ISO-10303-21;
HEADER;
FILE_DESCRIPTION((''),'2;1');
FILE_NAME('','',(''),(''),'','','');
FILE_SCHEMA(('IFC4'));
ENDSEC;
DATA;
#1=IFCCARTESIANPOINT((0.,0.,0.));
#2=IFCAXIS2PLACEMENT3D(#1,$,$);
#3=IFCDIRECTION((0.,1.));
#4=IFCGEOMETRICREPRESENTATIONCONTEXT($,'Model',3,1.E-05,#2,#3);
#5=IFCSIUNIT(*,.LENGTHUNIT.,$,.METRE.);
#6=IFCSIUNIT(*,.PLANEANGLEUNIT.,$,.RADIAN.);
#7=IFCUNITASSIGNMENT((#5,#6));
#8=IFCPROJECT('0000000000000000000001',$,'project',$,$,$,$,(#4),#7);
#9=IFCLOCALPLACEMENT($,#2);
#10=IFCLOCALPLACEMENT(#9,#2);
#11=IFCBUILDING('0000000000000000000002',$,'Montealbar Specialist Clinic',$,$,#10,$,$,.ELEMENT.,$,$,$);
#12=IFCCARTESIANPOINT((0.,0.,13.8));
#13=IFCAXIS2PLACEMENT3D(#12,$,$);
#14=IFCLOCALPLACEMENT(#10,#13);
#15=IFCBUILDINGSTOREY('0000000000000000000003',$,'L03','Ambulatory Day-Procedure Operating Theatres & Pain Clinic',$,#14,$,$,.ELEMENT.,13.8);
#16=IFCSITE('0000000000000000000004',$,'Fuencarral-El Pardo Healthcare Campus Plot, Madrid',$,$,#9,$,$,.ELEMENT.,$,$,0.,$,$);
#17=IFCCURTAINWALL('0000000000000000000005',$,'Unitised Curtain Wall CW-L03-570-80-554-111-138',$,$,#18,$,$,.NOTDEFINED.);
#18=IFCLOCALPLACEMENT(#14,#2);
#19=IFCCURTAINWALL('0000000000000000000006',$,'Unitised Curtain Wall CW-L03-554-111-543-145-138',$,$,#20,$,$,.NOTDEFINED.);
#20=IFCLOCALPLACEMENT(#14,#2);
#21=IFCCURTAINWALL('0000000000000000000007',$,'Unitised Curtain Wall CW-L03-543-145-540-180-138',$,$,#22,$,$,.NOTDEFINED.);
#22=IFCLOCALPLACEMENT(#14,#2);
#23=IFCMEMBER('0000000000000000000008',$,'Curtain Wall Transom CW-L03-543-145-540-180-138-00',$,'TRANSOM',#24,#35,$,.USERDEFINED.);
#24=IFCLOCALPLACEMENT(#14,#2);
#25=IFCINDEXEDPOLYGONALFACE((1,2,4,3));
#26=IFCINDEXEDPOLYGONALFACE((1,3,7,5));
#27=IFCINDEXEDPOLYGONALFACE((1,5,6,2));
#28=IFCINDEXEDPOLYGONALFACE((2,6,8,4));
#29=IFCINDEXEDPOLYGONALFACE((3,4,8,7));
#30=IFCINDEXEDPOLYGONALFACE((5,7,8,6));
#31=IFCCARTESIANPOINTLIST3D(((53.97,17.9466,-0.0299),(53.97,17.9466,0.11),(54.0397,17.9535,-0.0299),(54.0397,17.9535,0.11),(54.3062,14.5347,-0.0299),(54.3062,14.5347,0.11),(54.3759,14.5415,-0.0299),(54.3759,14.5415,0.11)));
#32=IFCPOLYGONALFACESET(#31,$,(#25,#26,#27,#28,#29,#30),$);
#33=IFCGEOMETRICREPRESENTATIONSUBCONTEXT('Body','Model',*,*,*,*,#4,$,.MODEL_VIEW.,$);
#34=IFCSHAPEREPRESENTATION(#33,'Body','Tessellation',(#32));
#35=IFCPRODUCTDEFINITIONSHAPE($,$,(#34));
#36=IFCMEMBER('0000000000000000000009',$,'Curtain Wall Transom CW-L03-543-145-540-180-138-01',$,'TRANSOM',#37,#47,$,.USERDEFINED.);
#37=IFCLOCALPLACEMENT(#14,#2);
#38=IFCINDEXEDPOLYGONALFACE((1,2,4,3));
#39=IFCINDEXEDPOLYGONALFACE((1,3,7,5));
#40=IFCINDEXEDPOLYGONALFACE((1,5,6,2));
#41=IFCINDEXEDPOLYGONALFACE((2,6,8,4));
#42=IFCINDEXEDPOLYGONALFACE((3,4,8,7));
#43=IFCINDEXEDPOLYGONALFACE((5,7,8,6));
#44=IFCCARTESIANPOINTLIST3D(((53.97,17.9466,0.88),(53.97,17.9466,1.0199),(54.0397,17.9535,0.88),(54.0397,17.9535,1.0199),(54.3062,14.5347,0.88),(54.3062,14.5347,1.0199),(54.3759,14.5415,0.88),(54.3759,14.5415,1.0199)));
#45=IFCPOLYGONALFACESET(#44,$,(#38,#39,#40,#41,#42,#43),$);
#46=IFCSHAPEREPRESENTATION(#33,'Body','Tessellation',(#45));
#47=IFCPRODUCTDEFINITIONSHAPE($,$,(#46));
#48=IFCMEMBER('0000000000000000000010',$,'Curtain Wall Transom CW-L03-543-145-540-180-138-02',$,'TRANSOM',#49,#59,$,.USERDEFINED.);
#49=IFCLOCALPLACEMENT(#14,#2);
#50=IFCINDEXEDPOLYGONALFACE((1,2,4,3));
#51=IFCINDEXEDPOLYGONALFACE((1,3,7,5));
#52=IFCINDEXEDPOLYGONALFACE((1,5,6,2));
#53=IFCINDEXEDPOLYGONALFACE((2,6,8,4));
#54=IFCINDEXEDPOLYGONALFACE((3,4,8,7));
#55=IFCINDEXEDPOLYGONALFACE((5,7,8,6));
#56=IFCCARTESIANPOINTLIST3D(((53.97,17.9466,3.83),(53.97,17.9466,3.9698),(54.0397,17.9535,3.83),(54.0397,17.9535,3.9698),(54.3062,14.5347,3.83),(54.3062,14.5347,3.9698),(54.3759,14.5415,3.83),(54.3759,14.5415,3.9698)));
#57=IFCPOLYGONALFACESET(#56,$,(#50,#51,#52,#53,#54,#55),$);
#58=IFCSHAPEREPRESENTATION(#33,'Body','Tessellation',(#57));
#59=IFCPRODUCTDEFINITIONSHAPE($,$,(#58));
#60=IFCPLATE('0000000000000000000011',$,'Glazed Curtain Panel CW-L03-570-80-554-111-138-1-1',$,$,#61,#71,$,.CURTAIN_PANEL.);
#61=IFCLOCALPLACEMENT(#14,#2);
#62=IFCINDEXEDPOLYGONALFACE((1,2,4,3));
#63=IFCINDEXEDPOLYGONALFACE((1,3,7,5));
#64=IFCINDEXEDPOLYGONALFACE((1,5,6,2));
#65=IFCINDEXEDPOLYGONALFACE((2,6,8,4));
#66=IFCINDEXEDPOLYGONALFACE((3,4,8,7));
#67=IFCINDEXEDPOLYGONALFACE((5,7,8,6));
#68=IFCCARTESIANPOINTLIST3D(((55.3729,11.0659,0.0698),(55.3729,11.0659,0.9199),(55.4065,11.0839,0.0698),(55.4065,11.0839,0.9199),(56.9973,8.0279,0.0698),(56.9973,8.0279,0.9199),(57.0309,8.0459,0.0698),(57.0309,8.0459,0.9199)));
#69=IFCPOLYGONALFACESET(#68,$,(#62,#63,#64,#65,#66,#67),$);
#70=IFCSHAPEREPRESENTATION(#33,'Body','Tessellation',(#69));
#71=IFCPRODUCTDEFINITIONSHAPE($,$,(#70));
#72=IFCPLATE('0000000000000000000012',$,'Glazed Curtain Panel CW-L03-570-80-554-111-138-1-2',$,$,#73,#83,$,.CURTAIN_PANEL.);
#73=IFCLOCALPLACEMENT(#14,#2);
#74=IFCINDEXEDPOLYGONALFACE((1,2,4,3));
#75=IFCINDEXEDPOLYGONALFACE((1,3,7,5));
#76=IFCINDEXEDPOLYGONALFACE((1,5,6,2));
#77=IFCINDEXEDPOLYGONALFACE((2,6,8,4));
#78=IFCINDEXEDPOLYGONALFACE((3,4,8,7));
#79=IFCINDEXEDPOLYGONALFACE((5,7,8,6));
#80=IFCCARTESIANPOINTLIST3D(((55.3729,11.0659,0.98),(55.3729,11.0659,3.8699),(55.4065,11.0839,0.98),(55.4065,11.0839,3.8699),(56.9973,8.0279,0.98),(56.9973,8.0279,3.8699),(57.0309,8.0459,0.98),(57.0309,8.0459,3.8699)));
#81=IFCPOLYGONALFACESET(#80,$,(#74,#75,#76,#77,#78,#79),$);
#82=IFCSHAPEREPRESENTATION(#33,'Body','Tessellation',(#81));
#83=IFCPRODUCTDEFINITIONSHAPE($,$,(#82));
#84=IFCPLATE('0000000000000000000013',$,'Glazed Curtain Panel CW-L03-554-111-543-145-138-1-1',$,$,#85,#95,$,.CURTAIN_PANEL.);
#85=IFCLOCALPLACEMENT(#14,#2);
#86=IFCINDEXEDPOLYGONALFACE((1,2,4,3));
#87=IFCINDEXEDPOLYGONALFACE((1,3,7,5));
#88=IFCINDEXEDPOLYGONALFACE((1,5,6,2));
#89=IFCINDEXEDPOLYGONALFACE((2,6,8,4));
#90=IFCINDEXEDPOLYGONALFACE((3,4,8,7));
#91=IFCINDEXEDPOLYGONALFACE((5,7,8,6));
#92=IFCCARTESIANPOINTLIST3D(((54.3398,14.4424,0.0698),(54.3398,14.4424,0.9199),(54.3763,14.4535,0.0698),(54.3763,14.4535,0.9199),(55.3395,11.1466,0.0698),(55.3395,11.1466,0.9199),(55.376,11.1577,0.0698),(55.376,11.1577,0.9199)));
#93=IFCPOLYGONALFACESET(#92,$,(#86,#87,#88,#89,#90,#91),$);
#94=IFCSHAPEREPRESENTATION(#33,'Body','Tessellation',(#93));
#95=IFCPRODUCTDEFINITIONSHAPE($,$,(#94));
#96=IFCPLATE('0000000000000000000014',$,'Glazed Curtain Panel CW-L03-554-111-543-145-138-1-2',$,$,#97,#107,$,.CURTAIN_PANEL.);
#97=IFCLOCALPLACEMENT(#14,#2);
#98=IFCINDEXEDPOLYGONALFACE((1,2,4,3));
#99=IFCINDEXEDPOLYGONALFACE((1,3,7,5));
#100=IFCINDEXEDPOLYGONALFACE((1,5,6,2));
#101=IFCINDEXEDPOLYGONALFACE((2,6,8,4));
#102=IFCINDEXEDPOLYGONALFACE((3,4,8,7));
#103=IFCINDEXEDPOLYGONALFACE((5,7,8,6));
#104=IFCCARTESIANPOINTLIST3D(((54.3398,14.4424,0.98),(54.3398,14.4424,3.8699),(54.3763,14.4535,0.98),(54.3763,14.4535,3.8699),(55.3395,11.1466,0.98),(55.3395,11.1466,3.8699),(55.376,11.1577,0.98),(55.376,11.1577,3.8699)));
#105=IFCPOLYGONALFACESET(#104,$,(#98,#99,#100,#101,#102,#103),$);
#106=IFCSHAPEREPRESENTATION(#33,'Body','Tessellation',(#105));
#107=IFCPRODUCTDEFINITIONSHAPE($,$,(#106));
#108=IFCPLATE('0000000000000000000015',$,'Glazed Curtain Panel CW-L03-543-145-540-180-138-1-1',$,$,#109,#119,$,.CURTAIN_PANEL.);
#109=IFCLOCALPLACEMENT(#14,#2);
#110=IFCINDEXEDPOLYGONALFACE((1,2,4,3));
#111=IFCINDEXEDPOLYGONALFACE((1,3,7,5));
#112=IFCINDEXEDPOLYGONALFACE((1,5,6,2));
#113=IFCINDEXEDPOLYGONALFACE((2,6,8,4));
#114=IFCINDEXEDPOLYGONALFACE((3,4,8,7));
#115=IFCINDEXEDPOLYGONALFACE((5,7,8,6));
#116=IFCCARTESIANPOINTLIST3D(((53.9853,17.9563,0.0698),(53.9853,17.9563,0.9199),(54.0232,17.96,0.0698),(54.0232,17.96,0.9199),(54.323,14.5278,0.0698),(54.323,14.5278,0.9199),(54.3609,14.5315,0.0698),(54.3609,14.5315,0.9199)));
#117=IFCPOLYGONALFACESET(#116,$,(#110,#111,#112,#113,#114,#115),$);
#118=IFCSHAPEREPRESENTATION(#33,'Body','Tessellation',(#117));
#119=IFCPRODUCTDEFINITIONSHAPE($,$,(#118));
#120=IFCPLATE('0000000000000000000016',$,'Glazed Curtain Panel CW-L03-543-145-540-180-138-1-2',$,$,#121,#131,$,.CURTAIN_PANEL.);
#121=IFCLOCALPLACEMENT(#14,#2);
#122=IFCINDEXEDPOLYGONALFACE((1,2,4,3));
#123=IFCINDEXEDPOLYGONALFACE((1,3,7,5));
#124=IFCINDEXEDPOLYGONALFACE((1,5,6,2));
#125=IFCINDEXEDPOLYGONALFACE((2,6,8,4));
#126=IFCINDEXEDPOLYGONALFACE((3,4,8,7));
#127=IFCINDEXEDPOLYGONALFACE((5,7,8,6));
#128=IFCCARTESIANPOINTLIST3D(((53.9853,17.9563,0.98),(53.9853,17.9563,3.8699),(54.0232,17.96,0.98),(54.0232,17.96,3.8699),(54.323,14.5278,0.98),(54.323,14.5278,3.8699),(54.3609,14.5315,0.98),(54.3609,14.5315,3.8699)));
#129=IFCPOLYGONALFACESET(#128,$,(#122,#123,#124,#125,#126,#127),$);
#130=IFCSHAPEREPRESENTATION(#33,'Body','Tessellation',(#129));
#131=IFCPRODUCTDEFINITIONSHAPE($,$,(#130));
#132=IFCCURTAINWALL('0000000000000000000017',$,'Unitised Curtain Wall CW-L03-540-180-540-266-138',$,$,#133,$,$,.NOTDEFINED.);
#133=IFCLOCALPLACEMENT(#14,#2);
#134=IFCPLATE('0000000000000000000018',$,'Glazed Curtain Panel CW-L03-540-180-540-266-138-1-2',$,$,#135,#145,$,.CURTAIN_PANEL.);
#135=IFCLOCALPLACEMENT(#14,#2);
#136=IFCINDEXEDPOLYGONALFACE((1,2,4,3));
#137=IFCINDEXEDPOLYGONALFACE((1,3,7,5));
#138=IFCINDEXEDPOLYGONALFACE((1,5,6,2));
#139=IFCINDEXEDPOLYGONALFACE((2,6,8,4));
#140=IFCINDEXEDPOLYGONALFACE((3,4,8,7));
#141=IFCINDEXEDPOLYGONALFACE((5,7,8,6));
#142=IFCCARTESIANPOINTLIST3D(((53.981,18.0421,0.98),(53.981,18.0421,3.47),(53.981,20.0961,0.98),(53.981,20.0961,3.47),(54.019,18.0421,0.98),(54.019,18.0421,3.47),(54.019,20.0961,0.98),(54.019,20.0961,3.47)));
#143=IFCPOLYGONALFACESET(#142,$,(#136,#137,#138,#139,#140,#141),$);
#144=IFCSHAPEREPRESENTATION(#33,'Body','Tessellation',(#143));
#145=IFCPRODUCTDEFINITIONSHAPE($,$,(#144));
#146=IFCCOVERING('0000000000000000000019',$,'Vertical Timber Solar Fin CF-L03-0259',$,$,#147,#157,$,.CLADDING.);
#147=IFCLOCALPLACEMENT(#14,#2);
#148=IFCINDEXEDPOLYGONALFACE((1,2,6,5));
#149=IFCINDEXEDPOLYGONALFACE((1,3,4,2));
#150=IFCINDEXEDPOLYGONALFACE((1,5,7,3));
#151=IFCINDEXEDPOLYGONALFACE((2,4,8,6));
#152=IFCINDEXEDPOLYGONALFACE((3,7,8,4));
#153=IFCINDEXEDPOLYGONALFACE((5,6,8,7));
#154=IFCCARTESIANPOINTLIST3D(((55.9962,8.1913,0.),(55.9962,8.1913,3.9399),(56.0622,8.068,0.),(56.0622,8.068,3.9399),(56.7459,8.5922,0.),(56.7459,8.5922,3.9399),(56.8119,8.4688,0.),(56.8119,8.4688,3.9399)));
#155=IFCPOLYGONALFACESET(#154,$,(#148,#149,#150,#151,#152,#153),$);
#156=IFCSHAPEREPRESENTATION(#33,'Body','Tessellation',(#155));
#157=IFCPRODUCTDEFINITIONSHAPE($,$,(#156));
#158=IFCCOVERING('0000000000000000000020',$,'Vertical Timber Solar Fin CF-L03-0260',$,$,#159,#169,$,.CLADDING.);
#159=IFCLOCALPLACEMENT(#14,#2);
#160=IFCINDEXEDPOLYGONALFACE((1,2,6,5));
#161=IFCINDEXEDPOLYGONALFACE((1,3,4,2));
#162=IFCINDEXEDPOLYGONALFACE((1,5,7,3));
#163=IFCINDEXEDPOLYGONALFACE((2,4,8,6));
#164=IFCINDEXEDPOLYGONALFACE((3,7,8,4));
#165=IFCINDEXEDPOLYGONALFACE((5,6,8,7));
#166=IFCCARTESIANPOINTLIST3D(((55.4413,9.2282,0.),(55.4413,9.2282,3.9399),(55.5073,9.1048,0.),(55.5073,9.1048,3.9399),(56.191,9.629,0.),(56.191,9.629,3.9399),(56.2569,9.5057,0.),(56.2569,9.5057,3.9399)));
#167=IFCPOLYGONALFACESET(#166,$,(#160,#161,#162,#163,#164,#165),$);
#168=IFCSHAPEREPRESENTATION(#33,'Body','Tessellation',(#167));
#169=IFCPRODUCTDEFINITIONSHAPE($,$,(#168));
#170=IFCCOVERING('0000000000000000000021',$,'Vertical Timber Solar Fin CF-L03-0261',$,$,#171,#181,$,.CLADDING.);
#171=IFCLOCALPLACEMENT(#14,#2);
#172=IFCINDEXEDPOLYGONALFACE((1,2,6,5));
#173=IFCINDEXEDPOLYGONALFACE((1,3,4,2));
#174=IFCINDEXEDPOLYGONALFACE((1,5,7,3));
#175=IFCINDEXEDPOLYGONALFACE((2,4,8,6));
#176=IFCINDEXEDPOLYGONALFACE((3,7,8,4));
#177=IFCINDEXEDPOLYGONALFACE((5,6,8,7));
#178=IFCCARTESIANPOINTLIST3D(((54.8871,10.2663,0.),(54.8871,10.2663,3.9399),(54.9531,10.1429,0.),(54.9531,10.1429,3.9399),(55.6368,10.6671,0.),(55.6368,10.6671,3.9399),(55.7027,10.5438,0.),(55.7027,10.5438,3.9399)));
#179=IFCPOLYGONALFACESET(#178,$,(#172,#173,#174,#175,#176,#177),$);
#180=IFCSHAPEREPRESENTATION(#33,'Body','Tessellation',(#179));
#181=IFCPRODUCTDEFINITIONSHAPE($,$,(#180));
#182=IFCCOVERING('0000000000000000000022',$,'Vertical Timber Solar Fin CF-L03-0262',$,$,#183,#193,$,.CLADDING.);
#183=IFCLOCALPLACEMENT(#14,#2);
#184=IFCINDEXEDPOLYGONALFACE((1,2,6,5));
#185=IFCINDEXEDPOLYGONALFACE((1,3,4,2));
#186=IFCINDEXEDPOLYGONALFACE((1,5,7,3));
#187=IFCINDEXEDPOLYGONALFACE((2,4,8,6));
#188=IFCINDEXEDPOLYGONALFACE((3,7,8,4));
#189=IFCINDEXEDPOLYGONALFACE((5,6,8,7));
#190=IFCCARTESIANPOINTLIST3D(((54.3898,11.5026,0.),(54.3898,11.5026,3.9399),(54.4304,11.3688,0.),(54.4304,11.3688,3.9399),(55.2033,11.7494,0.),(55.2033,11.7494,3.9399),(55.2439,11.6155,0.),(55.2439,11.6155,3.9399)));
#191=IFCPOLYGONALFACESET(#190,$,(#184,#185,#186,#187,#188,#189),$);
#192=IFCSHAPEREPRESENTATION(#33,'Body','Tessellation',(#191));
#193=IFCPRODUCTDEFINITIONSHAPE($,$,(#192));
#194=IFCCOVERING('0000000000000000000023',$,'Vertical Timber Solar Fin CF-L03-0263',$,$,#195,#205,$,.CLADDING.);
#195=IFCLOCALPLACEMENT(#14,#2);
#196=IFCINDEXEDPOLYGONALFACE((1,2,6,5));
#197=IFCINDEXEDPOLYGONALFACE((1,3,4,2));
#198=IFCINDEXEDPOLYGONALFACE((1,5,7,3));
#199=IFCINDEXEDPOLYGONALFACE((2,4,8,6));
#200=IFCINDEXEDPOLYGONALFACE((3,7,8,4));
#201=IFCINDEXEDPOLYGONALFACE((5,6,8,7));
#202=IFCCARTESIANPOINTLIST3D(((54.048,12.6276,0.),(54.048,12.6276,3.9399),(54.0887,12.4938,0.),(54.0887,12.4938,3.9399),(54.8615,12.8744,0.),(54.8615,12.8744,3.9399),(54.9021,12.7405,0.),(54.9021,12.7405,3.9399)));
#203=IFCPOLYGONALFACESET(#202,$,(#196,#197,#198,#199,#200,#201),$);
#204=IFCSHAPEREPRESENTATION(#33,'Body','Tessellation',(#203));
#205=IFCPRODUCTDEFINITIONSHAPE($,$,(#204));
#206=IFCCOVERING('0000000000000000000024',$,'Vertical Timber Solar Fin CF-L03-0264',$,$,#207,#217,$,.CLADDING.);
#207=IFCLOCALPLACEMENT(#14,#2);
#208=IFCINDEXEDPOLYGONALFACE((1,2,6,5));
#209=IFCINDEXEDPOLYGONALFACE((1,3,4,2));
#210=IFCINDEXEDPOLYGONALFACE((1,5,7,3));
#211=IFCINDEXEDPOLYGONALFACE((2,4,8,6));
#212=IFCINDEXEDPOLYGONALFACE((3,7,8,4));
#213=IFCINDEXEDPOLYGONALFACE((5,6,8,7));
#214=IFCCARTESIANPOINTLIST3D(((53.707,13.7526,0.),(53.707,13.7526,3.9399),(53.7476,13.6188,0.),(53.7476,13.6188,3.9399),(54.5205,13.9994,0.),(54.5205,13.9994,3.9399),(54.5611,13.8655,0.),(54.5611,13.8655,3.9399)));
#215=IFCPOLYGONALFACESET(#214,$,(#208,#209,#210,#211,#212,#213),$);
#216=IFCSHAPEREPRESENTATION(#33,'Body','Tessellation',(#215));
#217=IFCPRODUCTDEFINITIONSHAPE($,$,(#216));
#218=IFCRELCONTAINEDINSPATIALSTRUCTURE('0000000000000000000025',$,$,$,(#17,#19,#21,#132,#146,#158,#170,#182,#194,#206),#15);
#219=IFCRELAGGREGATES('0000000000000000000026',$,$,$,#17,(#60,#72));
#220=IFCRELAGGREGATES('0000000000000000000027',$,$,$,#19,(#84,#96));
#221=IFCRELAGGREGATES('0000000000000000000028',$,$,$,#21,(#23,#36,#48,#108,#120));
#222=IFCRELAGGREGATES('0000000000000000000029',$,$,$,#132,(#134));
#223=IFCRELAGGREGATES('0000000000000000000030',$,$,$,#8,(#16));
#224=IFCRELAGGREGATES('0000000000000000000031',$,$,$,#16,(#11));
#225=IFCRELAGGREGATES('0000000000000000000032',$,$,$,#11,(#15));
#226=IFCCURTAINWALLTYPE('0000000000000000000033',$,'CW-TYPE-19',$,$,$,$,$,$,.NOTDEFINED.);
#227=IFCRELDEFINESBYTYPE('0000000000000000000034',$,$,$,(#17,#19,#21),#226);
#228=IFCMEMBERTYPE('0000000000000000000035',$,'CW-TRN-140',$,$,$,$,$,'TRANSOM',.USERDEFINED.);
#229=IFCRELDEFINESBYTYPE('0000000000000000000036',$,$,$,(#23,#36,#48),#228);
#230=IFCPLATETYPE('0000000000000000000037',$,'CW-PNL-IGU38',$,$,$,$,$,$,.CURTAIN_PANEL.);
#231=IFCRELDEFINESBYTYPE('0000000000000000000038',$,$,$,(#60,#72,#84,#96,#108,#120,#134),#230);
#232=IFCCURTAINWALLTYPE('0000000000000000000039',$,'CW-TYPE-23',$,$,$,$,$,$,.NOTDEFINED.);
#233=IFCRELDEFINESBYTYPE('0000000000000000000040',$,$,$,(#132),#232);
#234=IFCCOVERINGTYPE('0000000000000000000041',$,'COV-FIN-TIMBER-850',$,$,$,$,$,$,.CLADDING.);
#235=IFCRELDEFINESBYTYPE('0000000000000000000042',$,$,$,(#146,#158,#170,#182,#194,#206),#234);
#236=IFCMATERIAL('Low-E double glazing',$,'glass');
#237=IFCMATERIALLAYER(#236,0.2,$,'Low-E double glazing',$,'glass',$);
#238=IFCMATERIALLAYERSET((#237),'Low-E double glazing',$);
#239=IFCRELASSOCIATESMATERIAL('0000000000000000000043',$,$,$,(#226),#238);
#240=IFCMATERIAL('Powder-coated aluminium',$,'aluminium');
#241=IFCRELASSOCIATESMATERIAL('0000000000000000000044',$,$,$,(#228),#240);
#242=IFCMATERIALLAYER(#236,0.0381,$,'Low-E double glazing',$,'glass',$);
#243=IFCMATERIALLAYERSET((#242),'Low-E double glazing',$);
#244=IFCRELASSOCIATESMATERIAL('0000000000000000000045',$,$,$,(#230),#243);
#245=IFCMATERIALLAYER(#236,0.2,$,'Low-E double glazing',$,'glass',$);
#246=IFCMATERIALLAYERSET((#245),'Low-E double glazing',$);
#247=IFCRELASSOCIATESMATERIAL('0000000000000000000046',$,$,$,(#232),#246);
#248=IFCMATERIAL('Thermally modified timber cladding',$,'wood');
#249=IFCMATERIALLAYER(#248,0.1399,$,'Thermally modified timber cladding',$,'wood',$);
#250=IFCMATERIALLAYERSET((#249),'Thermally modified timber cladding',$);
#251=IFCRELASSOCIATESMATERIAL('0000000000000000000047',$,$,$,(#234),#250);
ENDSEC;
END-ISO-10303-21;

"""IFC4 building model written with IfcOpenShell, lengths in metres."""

from ifc_helpers import new_model, si_unit, direction, frame, origin, origin_2d, place, context, subcontext, project, spatial, rectangle, extrude, material, layer, layer_set, material_profile, profile_set, type_object, element, aggregate, save


model = new_model("IFC4")

# Units and contexts
model_context = context("Model", 3, precision=1e-05, world=origin(), true_north=direction((0.0, 1.0)))
body_context = subcontext(model_context, "Body", "Model", "MODEL_VIEW")
ifc_project = project(units=[si_unit("LENGTHUNIT", "METRE"), si_unit("PLANEANGLEUNIT", "RADIAN")], contexts=[model_context])

# Site, building, storey
site_placement = place(None, origin())
site = spatial("IfcSite", under=ifc_project, at=site_placement, Name="Fuencarral-El Pardo Healthcare Campus Plot, Madrid", CompositionType="ELEMENT", RefElevation=0.0)
building_placement = place(site_placement, origin())
building = spatial("IfcBuilding", under=site, at=building_placement, Name="Montealbar Specialist Clinic", CompositionType="ELEMENT")
storey_placement = place(building_placement, frame((0.0, 0.0, 13.8)))
storey = spatial("IfcBuildingStorey", under=building, at=storey_placement, Name="L03", Description="Ambulatory Day-Procedure Operating Theatres & Pain Clinic", CompositionType="ELEMENT", Elevation=13.8)

# Curtain wall
ifc_material_1 = material(Name="Low-E double glazing", Category="glass")
ifc_layer_1 = layer(ifc_material_1, 0.2, Name="Low-E double glazing", Category="glass")
ifc_layer_set_1 = layer_set([ifc_layer_1], Name="Low-E double glazing")
curtain_wall_type_1 = type_object("IfcCurtainWallType", Name="CW-TYPE-19", PredefinedType="NOTDEFINED", material=ifc_layer_set_1)
curtain_wall_1_placement = place(storey_placement, origin())
curtain_wall_1 = element("IfcCurtainWall", 1, at=curtain_wall_1_placement, inside=storey, type_object=curtain_wall_type_1, Name="Unitised Curtain Wall CW-L03-570-80-554-111-138", PredefinedType="NOTDEFINED")

# Curtain walls
curtain_wall_2_placement = place(storey_placement, origin())
curtain_wall_2 = element("IfcCurtainWall", 2, at=curtain_wall_2_placement, inside=storey, type_object=curtain_wall_type_1, Name="Unitised Curtain Wall CW-L03-554-111-543-145-138", PredefinedType="NOTDEFINED")
curtain_wall_3_placement = place(storey_placement, origin())
curtain_wall_3 = element("IfcCurtainWall", 3, at=curtain_wall_3_placement, inside=storey, type_object=curtain_wall_type_1, Name="Unitised Curtain Wall CW-L03-543-145-540-180-138", PredefinedType="NOTDEFINED")

# Members
ifc_material_2 = material(Name="Powder-coated aluminium", Category="aluminium")
ifc_material_profile_1 = material_profile(ifc_material_2, rectangle(XDim=0.0701, YDim=0.1399, at=origin_2d()), Name="ALU 70x140", Category="aluminium")
ifc_profile_set_1 = profile_set([ifc_material_profile_1], Name="Powder-coated aluminium")
member_type_1 = type_object("IfcMemberType", Name="CW-TRN-140", ElementType="TRANSOM", PredefinedType="USERDEFINED", material=ifc_profile_set_1)
member_1_placement = place(storey_placement, frame((54.3411, 14.5381, 0.04), z_axis=(-0.098058, 0.995181, 0.0), x_axis=(-0.995181, -0.098058, 0.0)))
member_1 = element("IfcMember", 4, at=member_1_placement, type_object=member_type_1, Name="Curtain Wall Transom CW-L03-543-145-540-180-138-00", ObjectType="TRANSOM", PredefinedType="USERDEFINED", context=body_context, shape_type="SweptSolid", body=[
    extrude(rectangle(XDim=0.0701, YDim=0.1399, at=origin_2d()), origin(), (0.0, 0.0, 1.0), 3.4285),
])
member_2_placement = place(storey_placement, frame((54.3411, 14.5381, 0.95), z_axis=(-0.098058, 0.995181, 0.0), x_axis=(-0.995181, -0.098058, 0.0)))
member_2 = element("IfcMember", 5, at=member_2_placement, type_object=member_type_1, Name="Curtain Wall Transom CW-L03-543-145-540-180-138-01", ObjectType="TRANSOM", PredefinedType="USERDEFINED", context=body_context, shape_type="SweptSolid", body=[
    extrude(rectangle(XDim=0.0701, YDim=0.1399, at=origin_2d()), origin(), (0.0, 0.0, 1.0), 3.4285),
])
member_3_placement = place(storey_placement, frame((54.3411, 14.5381, 3.8999), z_axis=(-0.098058, 0.995181, 0.0), x_axis=(-0.995181, -0.098058, 0.0)))
member_3 = element("IfcMember", 6, at=member_3_placement, type_object=member_type_1, Name="Curtain Wall Transom CW-L03-543-145-540-180-138-02", ObjectType="TRANSOM", PredefinedType="USERDEFINED", context=body_context, shape_type="SweptSolid", body=[
    extrude(rectangle(XDim=0.0701, YDim=0.1399, at=origin_2d()), origin(), (0.0, 0.0, 1.0), 3.4285),
])

# Plates
ifc_layer_2 = layer(ifc_material_1, 0.0381, Name="Low-E double glazing", Category="glass")
ifc_layer_set_2 = layer_set([ifc_layer_2], Name="Low-E double glazing")
plate_type = type_object("IfcPlateType", Name="CW-PNL-IGU38", PredefinedType="CURTAIN_PANEL", material=ifc_layer_set_2)
plate_1_placement = place(storey_placement, frame((56.2019, 9.5559, 0.0698), z_axis=(0.0, 0.0, 1.0), x_axis=(-0.471529, 0.88185, 0.0)))
plate_1 = element("IfcPlate", 7, at=plate_1_placement, type_object=plate_type, Name="Glazed Curtain Panel CW-L03-570-80-554-111-138-1-1", PredefinedType="CURTAIN_PANEL", context=body_context, shape_type="SweptSolid", body=[
    extrude(rectangle(XDim=3.4451, YDim=0.0381, at=origin_2d()), origin(), (0.0, 0.0, 1.0), 0.8501),
])
plate_2_placement = place(storey_placement, frame((56.2019, 9.5559, 0.98), z_axis=(0.0, 0.0, 1.0), x_axis=(-0.471529, 0.88185, 0.0)))
plate_2 = element("IfcPlate", 8, at=plate_2_placement, type_object=plate_type, Name="Glazed Curtain Panel CW-L03-570-80-554-111-138-1-2", PredefinedType="CURTAIN_PANEL", context=body_context, shape_type="SweptSolid", body=[
    extrude(rectangle(XDim=3.4451, YDim=0.0381, at=origin_2d()), origin(), (0.0, 0.0, 1.0), 2.8899),
])
aggregate(curtain_wall_1, [plate_1, plate_2])
plate_3_placement = place(storey_placement, frame((54.8579, 12.8, 0.0698), z_axis=(0.0, 0.0, 1.0), x_axis=(-0.290259, 0.956948, 0.0)))
plate_3 = element("IfcPlate", 9, at=plate_3_placement, type_object=plate_type, Name="Glazed Curtain Panel CW-L03-554-111-543-145-138-1-1", PredefinedType="CURTAIN_PANEL", context=body_context, shape_type="SweptSolid", body=[
    extrude(rectangle(XDim=3.4441, YDim=0.0381, at=origin_2d()), origin(), (0.0, 0.0, 1.0), 0.8501),
])
plate_4_placement = place(storey_placement, frame((54.8579, 12.8, 0.98), z_axis=(0.0, 0.0, 1.0), x_axis=(-0.290259, 0.956948, 0.0)))
plate_4 = element("IfcPlate", 10, at=plate_4_placement, type_object=plate_type, Name="Glazed Curtain Panel CW-L03-554-111-543-145-138-1-2", PredefinedType="CURTAIN_PANEL", context=body_context, shape_type="SweptSolid", body=[
    extrude(rectangle(XDim=3.4441, YDim=0.0381, at=origin_2d()), origin(), (0.0, 0.0, 1.0), 2.8899),
])
aggregate(curtain_wall_2, [plate_3, plate_4])
plate_5_placement = place(storey_placement, frame((54.1731, 16.2439, 0.0698), z_axis=(0.0, 0.0, 1.0), x_axis=(-0.098045, 0.995182, 0.0)))
plate_5 = element("IfcPlate", 11, at=plate_5_placement, type_object=plate_type, Name="Glazed Curtain Panel CW-L03-543-145-540-180-138-1-1", PredefinedType="CURTAIN_PANEL", context=body_context, shape_type="SweptSolid", body=[
    extrude(rectangle(XDim=3.4451, YDim=0.0381, at=origin_2d()), origin(), (0.0, 0.0, 1.0), 0.8501),
])
plate_6_placement = place(storey_placement, frame((54.1731, 16.2439, 0.98), z_axis=(0.0, 0.0, 1.0), x_axis=(-0.098045, 0.995182, 0.0)))
plate_6 = element("IfcPlate", 12, at=plate_6_placement, type_object=plate_type, Name="Glazed Curtain Panel CW-L03-543-145-540-180-138-1-2", PredefinedType="CURTAIN_PANEL", context=body_context, shape_type="SweptSolid", body=[
    extrude(rectangle(XDim=3.4451, YDim=0.0381, at=origin_2d()), origin(), (0.0, 0.0, 1.0), 2.8899),
])
aggregate(curtain_wall_3, [member_1, member_2, member_3, plate_5, plate_6])

# Curtain wall, plate
ifc_layer_3 = layer(ifc_material_1, 0.2, Name="Low-E double glazing", Category="glass")
ifc_layer_set_3 = layer_set([ifc_layer_3], Name="Low-E double glazing")
curtain_wall_type_2 = type_object("IfcCurtainWallType", Name="CW-TYPE-23", PredefinedType="NOTDEFINED", material=ifc_layer_set_3)
curtain_wall_4_placement = place(storey_placement, origin())
curtain_wall_4 = element("IfcCurtainWall", 13, at=curtain_wall_4_placement, inside=storey, type_object=curtain_wall_type_2, Name="Unitised Curtain Wall CW-L03-540-180-540-266-138", PredefinedType="NOTDEFINED")
plate_7_placement = place(storey_placement, frame((54.0, 19.0691, 0.98), z_axis=(0.0, 0.0, 1.0), x_axis=(0.0, 1.0, 0.0)))
plate_7 = element("IfcPlate", 14, at=plate_7_placement, type_object=plate_type, Name="Glazed Curtain Panel CW-L03-540-180-540-266-138-1-2", PredefinedType="CURTAIN_PANEL", context=body_context, shape_type="SweptSolid", body=[
    extrude(rectangle(XDim=2.054, YDim=0.0381, at=origin_2d()), origin(), (0.0, 0.0, 1.0), 2.49),
])
aggregate(curtain_wall_4, [plate_7])

# Coverings
ifc_material_3 = material(Name="Thermally modified timber cladding", Category="wood")
ifc_layer_4 = layer(ifc_material_3, 0.1399, Name="Thermally modified timber cladding", Category="wood")
ifc_layer_set_4 = layer_set([ifc_layer_4], Name="Thermally modified timber cladding")
covering_type = type_object("IfcCoveringType", Name="COV-FIN-TIMBER-850", PredefinedType="CLADDING", material=ifc_layer_set_4)
for number, where, z_axis, x_axis, name in (
    (15, (56.4041, 8.3301, 0.0), (0.0, 0.0, 1.0), (-0.88185, -0.471529, 0.0), "Vertical Timber Solar Fin CF-L03-0259"),
    (16, (55.8491, 9.3669, 0.0), (0.0, 0.0, 1.0), (-0.88185, -0.471529, 0.0), "Vertical Timber Solar Fin CF-L03-0260"),
    (17, (55.2949, 10.405, 0.0), (0.0, 0.0, 1.0), (-0.88185, -0.471529, 0.0), "Vertical Timber Solar Fin CF-L03-0261"),
    (18, (54.8169, 11.5591, 0.0), (0.0, 0.0, 1.0), (-0.956948, -0.290259, 0.0), "Vertical Timber Solar Fin CF-L03-0262"),
    (19, (54.4751, 12.6841, 0.0), (0.0, 0.0, 1.0), (-0.956948, -0.290259, 0.0), "Vertical Timber Solar Fin CF-L03-0263"),
    (20, (54.134, 13.8091, 0.0), (0.0, 0.0, 1.0), (-0.956948, -0.290259, 0.0), "Vertical Timber Solar Fin CF-L03-0264"),
):
    element("IfcCovering", number, at=place(storey_placement, frame(where, z_axis=z_axis, x_axis=x_axis)), inside=storey, type_object=covering_type, Name=name, PredefinedType="CLADDING", context=body_context, shape_type="SweptSolid", body=[
        extrude(rectangle(XDim=0.8501, YDim=0.1399, at=origin_2d()), origin(), (0.0, 0.0, 1.0), 3.9399),
    ])

save(model, "model.ifc")
